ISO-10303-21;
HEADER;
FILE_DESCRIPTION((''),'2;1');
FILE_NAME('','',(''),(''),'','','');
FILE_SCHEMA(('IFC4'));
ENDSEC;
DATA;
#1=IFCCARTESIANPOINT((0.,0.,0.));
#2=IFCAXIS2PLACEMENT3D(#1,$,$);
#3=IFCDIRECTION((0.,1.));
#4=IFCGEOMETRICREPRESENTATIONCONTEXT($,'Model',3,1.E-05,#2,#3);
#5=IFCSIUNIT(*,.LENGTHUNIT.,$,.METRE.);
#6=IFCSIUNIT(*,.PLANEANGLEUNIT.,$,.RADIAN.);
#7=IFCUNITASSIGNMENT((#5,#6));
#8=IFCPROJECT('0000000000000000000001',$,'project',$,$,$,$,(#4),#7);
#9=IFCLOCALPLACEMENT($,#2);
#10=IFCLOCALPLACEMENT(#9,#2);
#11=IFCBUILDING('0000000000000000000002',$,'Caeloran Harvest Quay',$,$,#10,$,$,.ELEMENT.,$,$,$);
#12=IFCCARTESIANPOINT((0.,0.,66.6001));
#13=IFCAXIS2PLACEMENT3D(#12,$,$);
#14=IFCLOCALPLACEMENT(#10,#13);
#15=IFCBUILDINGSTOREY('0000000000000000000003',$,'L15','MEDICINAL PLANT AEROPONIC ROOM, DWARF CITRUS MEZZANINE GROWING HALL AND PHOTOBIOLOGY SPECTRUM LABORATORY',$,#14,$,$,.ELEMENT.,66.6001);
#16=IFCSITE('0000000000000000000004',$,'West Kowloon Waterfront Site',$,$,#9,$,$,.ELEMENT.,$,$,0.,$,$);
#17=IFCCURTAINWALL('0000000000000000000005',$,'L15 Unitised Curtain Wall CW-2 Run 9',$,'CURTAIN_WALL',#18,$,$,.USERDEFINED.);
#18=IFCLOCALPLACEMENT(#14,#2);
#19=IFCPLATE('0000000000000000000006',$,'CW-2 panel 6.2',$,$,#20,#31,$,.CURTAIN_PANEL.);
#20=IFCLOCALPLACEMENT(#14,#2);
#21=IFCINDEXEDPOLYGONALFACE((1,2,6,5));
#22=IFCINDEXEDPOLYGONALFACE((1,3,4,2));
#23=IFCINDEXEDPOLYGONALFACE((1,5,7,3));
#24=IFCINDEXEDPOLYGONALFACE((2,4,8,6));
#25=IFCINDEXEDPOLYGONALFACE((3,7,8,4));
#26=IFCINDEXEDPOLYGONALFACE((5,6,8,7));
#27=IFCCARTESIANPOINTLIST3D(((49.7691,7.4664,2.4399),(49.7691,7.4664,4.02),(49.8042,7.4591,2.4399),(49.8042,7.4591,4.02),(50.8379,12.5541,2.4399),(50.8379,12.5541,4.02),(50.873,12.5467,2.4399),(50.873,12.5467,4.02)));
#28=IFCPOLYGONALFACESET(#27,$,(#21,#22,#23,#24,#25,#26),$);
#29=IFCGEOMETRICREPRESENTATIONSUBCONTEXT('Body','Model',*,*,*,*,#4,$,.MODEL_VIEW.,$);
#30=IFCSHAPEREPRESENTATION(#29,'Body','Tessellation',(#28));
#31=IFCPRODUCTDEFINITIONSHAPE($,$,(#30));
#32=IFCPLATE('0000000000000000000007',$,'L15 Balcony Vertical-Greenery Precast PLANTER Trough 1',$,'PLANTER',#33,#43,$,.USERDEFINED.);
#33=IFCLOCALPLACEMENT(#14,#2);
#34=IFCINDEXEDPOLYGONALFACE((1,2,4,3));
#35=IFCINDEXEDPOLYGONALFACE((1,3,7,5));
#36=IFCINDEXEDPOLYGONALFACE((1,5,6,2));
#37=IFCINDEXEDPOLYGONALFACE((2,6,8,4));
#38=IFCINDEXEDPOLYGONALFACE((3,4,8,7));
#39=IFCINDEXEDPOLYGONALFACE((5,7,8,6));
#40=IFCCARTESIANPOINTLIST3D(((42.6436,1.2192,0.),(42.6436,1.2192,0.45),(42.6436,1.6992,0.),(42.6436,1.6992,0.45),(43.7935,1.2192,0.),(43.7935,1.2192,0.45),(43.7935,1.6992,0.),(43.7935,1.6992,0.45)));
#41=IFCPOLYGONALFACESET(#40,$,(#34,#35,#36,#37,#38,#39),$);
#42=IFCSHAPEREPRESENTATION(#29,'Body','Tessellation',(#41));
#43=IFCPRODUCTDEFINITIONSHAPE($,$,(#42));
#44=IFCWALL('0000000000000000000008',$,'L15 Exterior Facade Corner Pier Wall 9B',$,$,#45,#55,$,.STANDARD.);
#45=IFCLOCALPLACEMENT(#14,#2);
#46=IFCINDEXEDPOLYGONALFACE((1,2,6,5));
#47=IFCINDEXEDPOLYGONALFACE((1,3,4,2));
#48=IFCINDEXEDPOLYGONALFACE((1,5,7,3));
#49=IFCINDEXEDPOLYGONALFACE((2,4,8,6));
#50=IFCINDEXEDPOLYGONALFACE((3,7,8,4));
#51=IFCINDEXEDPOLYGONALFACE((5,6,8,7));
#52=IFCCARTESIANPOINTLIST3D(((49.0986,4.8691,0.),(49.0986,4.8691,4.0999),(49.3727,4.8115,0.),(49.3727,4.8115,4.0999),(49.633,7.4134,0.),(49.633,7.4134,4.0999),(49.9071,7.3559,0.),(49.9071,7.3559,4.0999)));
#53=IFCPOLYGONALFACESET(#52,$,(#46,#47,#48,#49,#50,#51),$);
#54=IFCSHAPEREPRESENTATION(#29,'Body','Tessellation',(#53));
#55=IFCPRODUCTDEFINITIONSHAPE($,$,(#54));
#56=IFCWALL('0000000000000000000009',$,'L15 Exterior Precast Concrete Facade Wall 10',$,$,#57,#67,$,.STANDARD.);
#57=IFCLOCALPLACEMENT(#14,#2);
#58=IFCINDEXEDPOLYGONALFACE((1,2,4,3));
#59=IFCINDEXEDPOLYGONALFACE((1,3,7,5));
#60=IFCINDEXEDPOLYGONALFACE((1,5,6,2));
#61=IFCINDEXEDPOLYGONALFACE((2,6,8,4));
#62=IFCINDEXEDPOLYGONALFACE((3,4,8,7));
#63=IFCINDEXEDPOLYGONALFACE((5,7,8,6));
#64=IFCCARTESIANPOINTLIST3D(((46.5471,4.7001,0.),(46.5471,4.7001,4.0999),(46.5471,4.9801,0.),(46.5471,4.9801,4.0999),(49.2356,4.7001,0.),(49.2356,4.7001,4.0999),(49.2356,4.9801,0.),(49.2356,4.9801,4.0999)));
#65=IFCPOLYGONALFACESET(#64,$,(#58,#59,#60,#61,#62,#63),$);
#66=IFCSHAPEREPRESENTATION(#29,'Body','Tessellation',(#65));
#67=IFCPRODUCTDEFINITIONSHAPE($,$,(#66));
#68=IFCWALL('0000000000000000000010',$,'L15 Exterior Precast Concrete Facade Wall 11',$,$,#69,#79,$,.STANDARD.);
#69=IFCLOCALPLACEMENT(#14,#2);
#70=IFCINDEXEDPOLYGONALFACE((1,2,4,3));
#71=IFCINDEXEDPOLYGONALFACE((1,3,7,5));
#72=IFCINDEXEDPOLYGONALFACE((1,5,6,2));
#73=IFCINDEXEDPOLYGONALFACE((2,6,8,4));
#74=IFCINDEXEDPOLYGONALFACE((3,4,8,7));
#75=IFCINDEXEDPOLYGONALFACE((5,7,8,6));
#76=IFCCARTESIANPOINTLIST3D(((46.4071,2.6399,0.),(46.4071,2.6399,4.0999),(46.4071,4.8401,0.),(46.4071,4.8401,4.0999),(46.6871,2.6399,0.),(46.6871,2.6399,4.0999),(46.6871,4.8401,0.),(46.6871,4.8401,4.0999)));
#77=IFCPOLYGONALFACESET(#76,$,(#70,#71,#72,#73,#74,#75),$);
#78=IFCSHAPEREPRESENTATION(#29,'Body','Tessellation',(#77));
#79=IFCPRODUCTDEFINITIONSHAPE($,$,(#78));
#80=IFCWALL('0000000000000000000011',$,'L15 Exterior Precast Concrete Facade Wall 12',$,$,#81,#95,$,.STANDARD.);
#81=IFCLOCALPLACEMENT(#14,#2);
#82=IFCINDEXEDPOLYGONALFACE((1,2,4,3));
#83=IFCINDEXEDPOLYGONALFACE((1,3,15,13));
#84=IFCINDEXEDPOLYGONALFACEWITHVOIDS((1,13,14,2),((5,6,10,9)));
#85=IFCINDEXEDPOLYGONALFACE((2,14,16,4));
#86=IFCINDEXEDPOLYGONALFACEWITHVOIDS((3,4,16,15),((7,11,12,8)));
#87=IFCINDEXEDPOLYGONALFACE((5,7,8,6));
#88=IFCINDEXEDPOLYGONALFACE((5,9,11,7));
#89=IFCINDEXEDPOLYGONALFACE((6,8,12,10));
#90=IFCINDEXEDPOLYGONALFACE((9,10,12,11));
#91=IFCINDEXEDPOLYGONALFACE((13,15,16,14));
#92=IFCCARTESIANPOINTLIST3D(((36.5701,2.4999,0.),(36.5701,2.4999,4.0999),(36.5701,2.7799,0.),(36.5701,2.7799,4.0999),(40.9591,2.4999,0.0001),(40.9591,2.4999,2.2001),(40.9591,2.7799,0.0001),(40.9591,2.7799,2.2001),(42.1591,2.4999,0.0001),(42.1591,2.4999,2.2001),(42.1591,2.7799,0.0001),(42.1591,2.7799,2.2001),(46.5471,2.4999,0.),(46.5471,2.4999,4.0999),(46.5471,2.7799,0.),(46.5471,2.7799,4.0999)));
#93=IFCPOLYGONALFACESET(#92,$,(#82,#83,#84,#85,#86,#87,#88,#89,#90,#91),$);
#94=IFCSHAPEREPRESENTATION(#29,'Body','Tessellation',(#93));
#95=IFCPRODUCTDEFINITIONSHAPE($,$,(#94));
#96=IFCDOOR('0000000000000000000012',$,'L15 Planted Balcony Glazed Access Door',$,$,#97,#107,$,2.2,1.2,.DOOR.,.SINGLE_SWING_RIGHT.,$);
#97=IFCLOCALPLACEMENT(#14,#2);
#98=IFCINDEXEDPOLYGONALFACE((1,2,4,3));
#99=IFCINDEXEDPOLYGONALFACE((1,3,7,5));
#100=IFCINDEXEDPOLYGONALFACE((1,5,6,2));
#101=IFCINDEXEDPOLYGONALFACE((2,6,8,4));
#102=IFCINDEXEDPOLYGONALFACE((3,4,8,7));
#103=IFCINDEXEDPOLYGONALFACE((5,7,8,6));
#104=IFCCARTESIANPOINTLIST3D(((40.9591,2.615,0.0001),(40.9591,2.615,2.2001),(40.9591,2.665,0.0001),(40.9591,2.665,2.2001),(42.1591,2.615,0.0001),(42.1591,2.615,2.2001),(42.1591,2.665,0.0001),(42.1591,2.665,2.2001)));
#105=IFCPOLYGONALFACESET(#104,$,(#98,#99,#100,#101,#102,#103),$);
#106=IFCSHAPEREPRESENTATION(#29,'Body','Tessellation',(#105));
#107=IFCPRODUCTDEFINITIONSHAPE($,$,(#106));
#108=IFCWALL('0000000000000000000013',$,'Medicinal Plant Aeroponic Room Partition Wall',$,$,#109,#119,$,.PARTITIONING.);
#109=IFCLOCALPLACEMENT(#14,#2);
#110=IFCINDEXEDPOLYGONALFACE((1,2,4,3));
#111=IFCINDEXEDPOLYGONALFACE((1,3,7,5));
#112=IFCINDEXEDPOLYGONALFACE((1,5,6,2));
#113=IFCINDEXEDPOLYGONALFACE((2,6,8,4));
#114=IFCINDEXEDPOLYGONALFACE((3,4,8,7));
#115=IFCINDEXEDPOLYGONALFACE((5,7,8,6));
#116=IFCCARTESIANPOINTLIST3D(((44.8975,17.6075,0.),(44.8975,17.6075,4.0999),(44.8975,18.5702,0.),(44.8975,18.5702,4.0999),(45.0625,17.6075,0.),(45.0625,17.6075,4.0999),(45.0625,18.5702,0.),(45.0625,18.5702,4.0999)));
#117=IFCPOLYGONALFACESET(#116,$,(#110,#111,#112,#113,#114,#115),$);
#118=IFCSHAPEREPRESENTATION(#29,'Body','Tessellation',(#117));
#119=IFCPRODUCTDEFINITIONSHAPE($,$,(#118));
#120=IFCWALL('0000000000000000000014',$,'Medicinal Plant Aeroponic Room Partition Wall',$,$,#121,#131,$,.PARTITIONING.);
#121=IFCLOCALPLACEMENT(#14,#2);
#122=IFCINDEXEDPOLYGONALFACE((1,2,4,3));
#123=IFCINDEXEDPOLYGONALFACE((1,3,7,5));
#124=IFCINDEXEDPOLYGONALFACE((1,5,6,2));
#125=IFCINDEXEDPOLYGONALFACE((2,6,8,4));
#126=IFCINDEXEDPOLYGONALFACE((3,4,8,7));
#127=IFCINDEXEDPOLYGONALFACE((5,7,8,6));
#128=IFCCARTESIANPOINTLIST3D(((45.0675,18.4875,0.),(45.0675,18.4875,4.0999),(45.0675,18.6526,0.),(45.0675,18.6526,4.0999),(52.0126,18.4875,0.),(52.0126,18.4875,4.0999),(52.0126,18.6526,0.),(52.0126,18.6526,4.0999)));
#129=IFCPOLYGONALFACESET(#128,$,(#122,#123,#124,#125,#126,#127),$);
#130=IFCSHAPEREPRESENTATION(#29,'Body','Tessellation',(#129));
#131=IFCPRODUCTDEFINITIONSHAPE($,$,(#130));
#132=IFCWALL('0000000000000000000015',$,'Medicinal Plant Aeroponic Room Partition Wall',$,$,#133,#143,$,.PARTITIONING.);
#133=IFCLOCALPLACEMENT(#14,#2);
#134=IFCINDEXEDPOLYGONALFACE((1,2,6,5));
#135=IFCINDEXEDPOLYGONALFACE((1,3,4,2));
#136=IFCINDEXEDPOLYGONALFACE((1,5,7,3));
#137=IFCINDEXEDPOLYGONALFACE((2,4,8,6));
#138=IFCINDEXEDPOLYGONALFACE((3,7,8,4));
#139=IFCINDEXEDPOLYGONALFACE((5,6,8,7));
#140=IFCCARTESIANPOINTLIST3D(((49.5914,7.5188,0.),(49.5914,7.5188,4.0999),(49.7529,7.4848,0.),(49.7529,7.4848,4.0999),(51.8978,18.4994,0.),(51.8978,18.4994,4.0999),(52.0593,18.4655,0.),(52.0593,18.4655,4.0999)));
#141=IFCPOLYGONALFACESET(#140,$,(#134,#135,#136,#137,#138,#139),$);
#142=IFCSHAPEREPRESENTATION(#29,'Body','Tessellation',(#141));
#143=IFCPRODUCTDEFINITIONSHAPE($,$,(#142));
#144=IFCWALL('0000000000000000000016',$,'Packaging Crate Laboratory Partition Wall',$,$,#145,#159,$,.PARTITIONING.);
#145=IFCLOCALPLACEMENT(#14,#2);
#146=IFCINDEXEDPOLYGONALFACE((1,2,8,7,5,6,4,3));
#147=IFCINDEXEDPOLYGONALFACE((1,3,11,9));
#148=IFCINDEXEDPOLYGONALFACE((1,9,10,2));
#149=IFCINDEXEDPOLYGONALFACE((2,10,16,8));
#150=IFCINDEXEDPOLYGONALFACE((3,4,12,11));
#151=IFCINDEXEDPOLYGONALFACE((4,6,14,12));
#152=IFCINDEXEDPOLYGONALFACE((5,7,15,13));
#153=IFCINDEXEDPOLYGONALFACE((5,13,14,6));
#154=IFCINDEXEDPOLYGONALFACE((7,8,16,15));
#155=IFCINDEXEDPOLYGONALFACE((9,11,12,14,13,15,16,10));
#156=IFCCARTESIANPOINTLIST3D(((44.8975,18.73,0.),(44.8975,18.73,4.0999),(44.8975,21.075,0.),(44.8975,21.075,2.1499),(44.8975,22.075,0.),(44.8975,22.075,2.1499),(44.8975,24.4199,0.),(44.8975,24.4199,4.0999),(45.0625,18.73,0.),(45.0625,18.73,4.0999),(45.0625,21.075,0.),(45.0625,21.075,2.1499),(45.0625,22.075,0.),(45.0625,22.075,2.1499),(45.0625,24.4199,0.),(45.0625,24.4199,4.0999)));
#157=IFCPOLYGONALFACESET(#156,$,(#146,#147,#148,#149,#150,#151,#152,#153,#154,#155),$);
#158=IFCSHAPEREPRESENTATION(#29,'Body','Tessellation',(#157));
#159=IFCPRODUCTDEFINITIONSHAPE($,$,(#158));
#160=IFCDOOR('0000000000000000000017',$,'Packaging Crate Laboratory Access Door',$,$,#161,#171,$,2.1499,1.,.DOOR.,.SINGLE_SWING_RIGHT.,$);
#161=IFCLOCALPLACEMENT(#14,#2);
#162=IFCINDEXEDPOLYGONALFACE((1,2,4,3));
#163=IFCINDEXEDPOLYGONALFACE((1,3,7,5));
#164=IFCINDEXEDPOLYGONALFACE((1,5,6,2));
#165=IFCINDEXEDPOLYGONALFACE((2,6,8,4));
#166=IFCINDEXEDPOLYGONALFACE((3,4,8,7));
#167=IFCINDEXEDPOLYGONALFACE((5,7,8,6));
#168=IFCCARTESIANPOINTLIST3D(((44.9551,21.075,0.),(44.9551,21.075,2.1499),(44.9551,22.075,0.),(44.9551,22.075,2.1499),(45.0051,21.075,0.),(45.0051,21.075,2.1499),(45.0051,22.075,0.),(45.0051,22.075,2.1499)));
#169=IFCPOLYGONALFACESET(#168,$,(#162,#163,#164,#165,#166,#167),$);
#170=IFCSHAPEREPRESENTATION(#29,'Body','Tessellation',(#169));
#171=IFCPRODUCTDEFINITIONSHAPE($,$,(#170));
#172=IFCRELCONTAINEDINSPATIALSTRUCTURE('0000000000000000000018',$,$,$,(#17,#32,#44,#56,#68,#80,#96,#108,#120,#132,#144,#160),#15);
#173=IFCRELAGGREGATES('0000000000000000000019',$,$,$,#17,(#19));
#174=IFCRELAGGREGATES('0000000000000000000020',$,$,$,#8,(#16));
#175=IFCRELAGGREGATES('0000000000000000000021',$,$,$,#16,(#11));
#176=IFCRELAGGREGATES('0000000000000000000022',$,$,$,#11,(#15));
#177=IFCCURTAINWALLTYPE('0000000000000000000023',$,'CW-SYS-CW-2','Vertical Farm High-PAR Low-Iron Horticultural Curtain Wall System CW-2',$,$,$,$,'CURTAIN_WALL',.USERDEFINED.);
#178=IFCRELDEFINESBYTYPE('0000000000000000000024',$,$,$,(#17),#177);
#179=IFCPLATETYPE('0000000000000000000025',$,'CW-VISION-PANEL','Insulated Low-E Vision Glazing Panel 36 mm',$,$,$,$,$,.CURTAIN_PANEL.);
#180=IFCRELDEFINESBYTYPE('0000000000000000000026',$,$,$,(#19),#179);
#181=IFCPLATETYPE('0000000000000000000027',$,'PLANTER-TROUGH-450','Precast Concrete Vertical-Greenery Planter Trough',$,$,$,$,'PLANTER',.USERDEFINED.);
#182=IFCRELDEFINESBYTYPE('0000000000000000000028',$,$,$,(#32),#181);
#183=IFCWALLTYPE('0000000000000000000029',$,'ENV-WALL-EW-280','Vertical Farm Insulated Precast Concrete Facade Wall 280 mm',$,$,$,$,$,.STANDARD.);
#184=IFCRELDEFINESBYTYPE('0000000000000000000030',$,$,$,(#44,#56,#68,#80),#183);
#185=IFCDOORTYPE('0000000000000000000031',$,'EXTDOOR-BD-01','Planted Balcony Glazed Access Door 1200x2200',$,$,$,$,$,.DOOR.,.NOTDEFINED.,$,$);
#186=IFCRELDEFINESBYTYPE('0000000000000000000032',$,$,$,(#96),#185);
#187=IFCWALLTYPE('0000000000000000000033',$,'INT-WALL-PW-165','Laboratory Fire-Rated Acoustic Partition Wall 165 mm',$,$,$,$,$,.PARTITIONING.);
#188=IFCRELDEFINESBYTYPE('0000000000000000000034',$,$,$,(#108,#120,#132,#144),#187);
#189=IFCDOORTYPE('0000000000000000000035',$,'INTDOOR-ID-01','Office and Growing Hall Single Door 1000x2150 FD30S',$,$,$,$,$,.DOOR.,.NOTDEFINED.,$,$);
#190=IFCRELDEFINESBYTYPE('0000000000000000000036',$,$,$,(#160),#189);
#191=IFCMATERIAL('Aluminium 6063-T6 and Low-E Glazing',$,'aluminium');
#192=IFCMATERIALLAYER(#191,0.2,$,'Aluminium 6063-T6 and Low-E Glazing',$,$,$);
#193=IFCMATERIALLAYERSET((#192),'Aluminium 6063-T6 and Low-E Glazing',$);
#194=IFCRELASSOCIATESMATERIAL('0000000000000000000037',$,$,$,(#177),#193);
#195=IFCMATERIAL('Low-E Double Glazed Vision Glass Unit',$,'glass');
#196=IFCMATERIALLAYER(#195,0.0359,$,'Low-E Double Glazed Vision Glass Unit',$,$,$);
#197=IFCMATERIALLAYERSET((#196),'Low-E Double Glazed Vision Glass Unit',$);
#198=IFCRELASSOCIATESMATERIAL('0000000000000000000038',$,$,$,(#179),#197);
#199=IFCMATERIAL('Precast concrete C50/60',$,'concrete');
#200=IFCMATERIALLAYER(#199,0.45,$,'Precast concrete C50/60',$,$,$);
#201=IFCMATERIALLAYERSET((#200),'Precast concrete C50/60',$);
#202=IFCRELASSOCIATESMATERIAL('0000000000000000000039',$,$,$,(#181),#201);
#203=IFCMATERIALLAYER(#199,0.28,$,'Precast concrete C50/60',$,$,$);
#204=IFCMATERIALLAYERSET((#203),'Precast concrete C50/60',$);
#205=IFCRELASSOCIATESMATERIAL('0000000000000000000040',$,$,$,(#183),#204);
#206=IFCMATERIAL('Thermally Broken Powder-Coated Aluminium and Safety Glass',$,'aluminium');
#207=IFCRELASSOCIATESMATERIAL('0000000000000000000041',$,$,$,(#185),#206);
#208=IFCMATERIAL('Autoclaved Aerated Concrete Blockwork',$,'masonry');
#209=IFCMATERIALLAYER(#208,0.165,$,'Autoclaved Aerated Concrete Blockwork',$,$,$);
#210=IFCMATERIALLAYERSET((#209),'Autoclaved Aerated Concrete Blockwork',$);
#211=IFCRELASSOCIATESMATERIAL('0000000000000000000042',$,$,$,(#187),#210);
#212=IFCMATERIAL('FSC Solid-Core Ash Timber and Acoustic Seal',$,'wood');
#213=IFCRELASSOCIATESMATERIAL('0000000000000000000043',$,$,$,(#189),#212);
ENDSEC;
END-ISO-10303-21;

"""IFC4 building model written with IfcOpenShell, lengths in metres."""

from ifc_helpers import new_model, si_unit, direction, frame, frame_2d, origin, origin_2d, place, context, subcontext, project, spatial, rectangle, extrude, material, layer, layer_set, type_object, element, fill, aggregate, save


model = new_model("IFC4")

# Units and contexts
model_context = context("Model", 3, precision=1e-05, world=origin(), true_north=direction((0.0, 1.0)))
body_context = subcontext(model_context, "Body", "Model", "MODEL_VIEW")
ifc_project = project(units=[si_unit("LENGTHUNIT", "METRE"), si_unit("PLANEANGLEUNIT", "RADIAN")], contexts=[model_context])

# Site, building, storey
site_placement = place(None, origin())
site = spatial("IfcSite", under=ifc_project, at=site_placement, Name="West Kowloon Waterfront Site", CompositionType="ELEMENT", RefElevation=0.0)
building_placement = place(site_placement, origin())
building = spatial("IfcBuilding", under=site, at=building_placement, Name="Caeloran Harvest Quay", CompositionType="ELEMENT")
storey_placement = place(building_placement, frame((0.0, 0.0, 66.6001)))
storey = spatial("IfcBuildingStorey", under=building, at=storey_placement, Name="L15", Description="MEDICINAL PLANT AEROPONIC ROOM, DWARF CITRUS MEZZANINE GROWING HALL AND PHOTOBIOLOGY SPECTRUM LABORATORY", CompositionType="ELEMENT", Elevation=66.6001)

# Curtain wall, plate
ifc_material_1 = material(Name="Aluminium 6063-T6 and Low-E Glazing", Category="aluminium")
ifc_layer_1 = layer(ifc_material_1, 0.2, Name="Aluminium 6063-T6 and Low-E Glazing")
ifc_layer_set_1 = layer_set([ifc_layer_1], Name="Aluminium 6063-T6 and Low-E Glazing")
curtain_wall_type = type_object("IfcCurtainWallType", Name="CW-SYS-CW-2", Description="Vertical Farm High-PAR Low-Iron Horticultural Curtain Wall System CW-2", ElementType="CURTAIN_WALL", PredefinedType="USERDEFINED", material=ifc_layer_set_1)
curtain_wall_placement = place(storey_placement, origin())
curtain_wall = element("IfcCurtainWall", 1, at=curtain_wall_placement, inside=storey, type_object=curtain_wall_type, Name="L15 Unitised Curtain Wall CW-2 Run 9", ObjectType="CURTAIN_WALL", PredefinedType="USERDEFINED")
ifc_material_2 = material(Name="Low-E Double Glazed Vision Glass Unit", Category="glass")
ifc_layer_2 = layer(ifc_material_2, 0.0359, Name="Low-E Double Glazed Vision Glass Unit")
ifc_layer_set_2 = layer_set([ifc_layer_2], Name="Low-E Double Glazed Vision Glass Unit")
plate_type_1 = type_object("IfcPlateType", Name="CW-VISION-PANEL", Description="Insulated Low-E Vision Glazing Panel 36 mm", PredefinedType="CURTAIN_PANEL", material=ifc_layer_set_2)
plate_1_placement = place(storey_placement, frame((50.321, 10.0066, 2.4399), z_axis=(0.0, 0.0, 1.0), x_axis=(-0.205583, -0.97864, 0.0)))
plate_1 = element("IfcPlate", 2, at=plate_1_placement, type_object=plate_type_1, Name="CW-2 panel 6.2", PredefinedType="CURTAIN_PANEL", context=body_context, shape_type="SweptSolid", body=[
    extrude(rectangle(XDim=5.1987, YDim=0.0359, at=origin_2d()), origin(), (0.0, 0.0, 1.0), 1.5801),
])
aggregate(curtain_wall, [plate_1])

# Plate
ifc_material_3 = material(Name="Precast concrete C50/60", Category="concrete")
ifc_layer_3 = layer(ifc_material_3, 0.45, Name="Precast concrete C50/60")
ifc_layer_set_3 = layer_set([ifc_layer_3], Name="Precast concrete C50/60")
plate_type_2 = type_object("IfcPlateType", Name="PLANTER-TROUGH-450", Description="Precast Concrete Vertical-Greenery Planter Trough", ElementType="PLANTER", PredefinedType="USERDEFINED", material=ifc_layer_set_3)
plate_2_placement = place(storey_placement, frame((43.2185, 1.4592, 0.0), z_axis=(0.0, 0.0, 1.0), x_axis=(1.0, 0.0, 0.0)))
element("IfcPlate", 3, at=plate_2_placement, inside=storey, type_object=plate_type_2, Name="L15 Balcony Vertical-Greenery Precast PLANTER Trough 1", ObjectType="PLANTER", PredefinedType="USERDEFINED", context=body_context, shape_type="SweptSolid", body=[
    extrude(rectangle(XDim=1.1499, YDim=0.48, at=origin_2d()), origin(), (0.0, 0.0, 1.0), 0.45),
])

# Walls
ifc_layer_4 = layer(ifc_material_3, 0.28, Name="Precast concrete C50/60")
ifc_layer_set_4 = layer_set([ifc_layer_4], Name="Precast concrete C50/60")
wall_type_1 = type_object("IfcWallType", Name="ENV-WALL-EW-280", Description="Vertical Farm Insulated Precast Concrete Facade Wall 280 mm", PredefinedType="STANDARD", material=ifc_layer_set_4)
wall_1_placement = place(storey_placement, frame((49.77, 7.3845, 0.0), z_axis=(0.0, 0.0, 1.0), x_axis=(-0.205551, -0.978646, 0.0)))
element("IfcWall", 4, at=wall_1_placement, inside=storey, type_object=wall_type_1, Name="L15 Exterior Facade Corner Pier Wall 9B", PredefinedType="STANDARD", context=body_context, shape_type="SweptSolid", body=[
    extrude(rectangle(XDim=2.5999, YDim=0.28, at=frame_2d((1.2998, 0.0))), origin(), (0.0, 0.0, 1.0), 4.0999),
])
wall_2_placement = place(storey_placement, frame((49.2356, 4.8401, 0.0), z_axis=(0.0, 0.0, 1.0), x_axis=(-1.0, 0.0, 0.0)))
element("IfcWall", 5, at=wall_2_placement, inside=storey, type_object=wall_type_1, Name="L15 Exterior Precast Concrete Facade Wall 10", PredefinedType="STANDARD", context=body_context, shape_type="SweptSolid", body=[
    extrude(rectangle(XDim=2.6885, YDim=0.28, at=frame_2d((1.3442, 0.0))), origin(), (0.0, 0.0, 1.0), 4.0999),
])
wall_3_placement = place(storey_placement, frame((46.5471, 4.8401, 0.0), z_axis=(0.0, 0.0, 1.0), x_axis=(0.0, -1.0, 0.0)))
element("IfcWall", 6, at=wall_3_placement, inside=storey, type_object=wall_type_1, Name="L15 Exterior Precast Concrete Facade Wall 11", PredefinedType="STANDARD", context=body_context, shape_type="SweptSolid", body=[
    extrude(rectangle(XDim=2.2002, YDim=0.28, at=frame_2d((1.1001, 0.0))), origin(), (0.0, 0.0, 1.0), 4.0999),
])

# Wall, opening, door
wall_4_placement = place(storey_placement, frame((46.5471, 2.6399, 0.0), z_axis=(0.0, 0.0, 1.0), x_axis=(-1.0, 0.0, 0.0)))
wall_4 = element("IfcWall", 7, at=wall_4_placement, inside=storey, type_object=wall_type_1, Name="L15 Exterior Precast Concrete Facade Wall 12", PredefinedType="STANDARD", context=body_context, shape_type="SweptSolid", body=[
    extrude(rectangle(XDim=9.9771, YDim=0.28, at=frame_2d((4.9885, 0.0))), origin(), (0.0, 0.0, 1.0), 4.0999),
])
opening_1_placement = place(wall_4_placement, frame((4.3879, 0.0, 0.0)))
opening_1 = element("IfcOpeningElement", 8, at=opening_1_placement, cuts=wall_4, PredefinedType="OPENING", context=body_context, shape_type="SweptSolid", body=[
    extrude(rectangle(XDim=1.2, YDim=2.2, at=frame_2d((0.6001, 1.1001))), frame((0.0, 0.1499, 0.0), z_axis=(0.0, -1.0, 0.0), x_axis=(1.0, 0.0, 0.0)), (0.0, 0.0, 1.0), 0.3),
])
ifc_material_4 = material(Name="Thermally Broken Powder-Coated Aluminium and Safety Glass", Category="aluminium")
door_type_1 = type_object("IfcDoorType", Name="EXTDOOR-BD-01", Description="Planted Balcony Glazed Access Door 1200x2200", OperationType="NOTDEFINED", PredefinedType="DOOR", material=ifc_material_4)
door_1_placement = place(opening_1_placement, origin())
door_1 = element("IfcDoor", 9, at=door_1_placement, inside=storey, type_object=door_type_1, Name="L15 Planted Balcony Glazed Access Door", OperationType="SINGLE_SWING_RIGHT", OverallHeight=2.2, OverallWidth=1.2, PredefinedType="DOOR", context=body_context, shape_type="SweptSolid", body=[
    extrude(rectangle(XDim=1.2, YDim=2.2, at=frame_2d((0.6001, 1.1001))), frame((0.0, 0.0249, 0.0), z_axis=(0.0, -1.0, 0.0), x_axis=(1.0, 0.0, 0.0)), (0.0, 0.0, 1.0), 0.05),
])
fill(opening_1, door_1)

# Walls
ifc_material_5 = material(Name="Autoclaved Aerated Concrete Blockwork", Category="masonry")
ifc_layer_5 = layer(ifc_material_5, 0.165, Name="Autoclaved Aerated Concrete Blockwork")
ifc_layer_set_5 = layer_set([ifc_layer_5], Name="Autoclaved Aerated Concrete Blockwork")
wall_type_2 = type_object("IfcWallType", Name="INT-WALL-PW-165", Description="Laboratory Fire-Rated Acoustic Partition Wall 165 mm", PredefinedType="PARTITIONING", material=ifc_layer_set_5)
wall_5_placement = place(storey_placement, frame((44.98, 17.6074, 0.0), z_axis=(0.0, 0.0, 1.0), x_axis=(0.0, 1.0, 0.0)))
element("IfcWall", 10, at=wall_5_placement, inside=storey, type_object=wall_type_2, Name="Medicinal Plant Aeroponic Room Partition Wall", PredefinedType="PARTITIONING", context=body_context, shape_type="SweptSolid", body=[
    extrude(rectangle(XDim=0.9626, YDim=0.165, at=frame_2d((0.4814, 0.0))), origin(), (0.0, 0.0, 1.0), 4.0999),
])
wall_6_placement = place(storey_placement, frame((45.0674, 18.5701, 0.0), z_axis=(0.0, 0.0, 1.0), x_axis=(1.0, 0.0, 0.0)))
element("IfcWall", 11, at=wall_6_placement, inside=storey, type_object=wall_type_2, Name="Medicinal Plant Aeroponic Room Partition Wall", PredefinedType="PARTITIONING", context=body_context, shape_type="SweptSolid", body=[
    extrude(rectangle(XDim=6.9451, YDim=0.165, at=frame_2d((3.4727, 0.0))), origin(), (0.0, 0.0, 1.0), 4.0999),
])
wall_7_placement = place(storey_placement, frame((51.9785, 18.4824, 0.0), z_axis=(0.0, 0.0, 1.0), x_axis=(-0.205555, -0.978645, 0.0)))
element("IfcWall", 12, at=wall_7_placement, inside=storey, type_object=wall_type_2, Name="Medicinal Plant Aeroponic Room Partition Wall", PredefinedType="PARTITIONING", context=body_context, shape_type="SweptSolid", body=[
    extrude(rectangle(XDim=11.2202, YDim=0.165, at=frame_2d((5.6101, 0.0))), origin(), (0.0, 0.0, 1.0), 4.0999),
])

# Wall, opening, door
wall_8_placement = place(storey_placement, frame((44.98, 18.73, 0.0), z_axis=(0.0, 0.0, 1.0), x_axis=(0.0, 1.0, 0.0)))
wall_8 = element("IfcWall", 13, at=wall_8_placement, inside=storey, type_object=wall_type_2, Name="Packaging Crate Laboratory Partition Wall", PredefinedType="PARTITIONING", context=body_context, shape_type="SweptSolid", body=[
    extrude(rectangle(XDim=5.6899, YDim=0.165, at=frame_2d((2.845, 0.0))), origin(), (0.0, 0.0, 1.0), 4.0999),
])
opening_2_placement = place(wall_8_placement, frame((2.345, 0.0, 0.0)))
opening_2 = element("IfcOpeningElement", 14, at=opening_2_placement, cuts=wall_8, PredefinedType="OPENING", context=body_context, shape_type="SweptSolid", body=[
    extrude(rectangle(XDim=1.0, YDim=2.1499, at=frame_2d((0.5, 1.075))), frame((0.0, 0.0925, 0.0), z_axis=(0.0, -1.0, 0.0), x_axis=(1.0, 0.0, 0.0)), (0.0, 0.0, 1.0), 0.1851),
])
ifc_material_6 = material(Name="FSC Solid-Core Ash Timber and Acoustic Seal", Category="wood")
door_type_2 = type_object("IfcDoorType", Name="INTDOOR-ID-01", Description="Office and Growing Hall Single Door 1000x2150 FD30S", OperationType="NOTDEFINED", PredefinedType="DOOR", material=ifc_material_6)
door_2_placement = place(opening_2_placement, origin())
door_2 = element("IfcDoor", 15, at=door_2_placement, inside=storey, type_object=door_type_2, Name="Packaging Crate Laboratory Access Door", OperationType="SINGLE_SWING_RIGHT", OverallHeight=2.1499, OverallWidth=1.0, PredefinedType="DOOR", context=body_context, shape_type="SweptSolid", body=[
    extrude(rectangle(XDim=1.0, YDim=2.1499, at=frame_2d((0.5, 1.075))), frame((0.0, 0.0249, 0.0), z_axis=(0.0, -1.0, 0.0), x_axis=(1.0, 0.0, 0.0)), (0.0, 0.0, 1.0), 0.05),
])
fill(opening_2, door_2)

save(model, "model.ifc")
